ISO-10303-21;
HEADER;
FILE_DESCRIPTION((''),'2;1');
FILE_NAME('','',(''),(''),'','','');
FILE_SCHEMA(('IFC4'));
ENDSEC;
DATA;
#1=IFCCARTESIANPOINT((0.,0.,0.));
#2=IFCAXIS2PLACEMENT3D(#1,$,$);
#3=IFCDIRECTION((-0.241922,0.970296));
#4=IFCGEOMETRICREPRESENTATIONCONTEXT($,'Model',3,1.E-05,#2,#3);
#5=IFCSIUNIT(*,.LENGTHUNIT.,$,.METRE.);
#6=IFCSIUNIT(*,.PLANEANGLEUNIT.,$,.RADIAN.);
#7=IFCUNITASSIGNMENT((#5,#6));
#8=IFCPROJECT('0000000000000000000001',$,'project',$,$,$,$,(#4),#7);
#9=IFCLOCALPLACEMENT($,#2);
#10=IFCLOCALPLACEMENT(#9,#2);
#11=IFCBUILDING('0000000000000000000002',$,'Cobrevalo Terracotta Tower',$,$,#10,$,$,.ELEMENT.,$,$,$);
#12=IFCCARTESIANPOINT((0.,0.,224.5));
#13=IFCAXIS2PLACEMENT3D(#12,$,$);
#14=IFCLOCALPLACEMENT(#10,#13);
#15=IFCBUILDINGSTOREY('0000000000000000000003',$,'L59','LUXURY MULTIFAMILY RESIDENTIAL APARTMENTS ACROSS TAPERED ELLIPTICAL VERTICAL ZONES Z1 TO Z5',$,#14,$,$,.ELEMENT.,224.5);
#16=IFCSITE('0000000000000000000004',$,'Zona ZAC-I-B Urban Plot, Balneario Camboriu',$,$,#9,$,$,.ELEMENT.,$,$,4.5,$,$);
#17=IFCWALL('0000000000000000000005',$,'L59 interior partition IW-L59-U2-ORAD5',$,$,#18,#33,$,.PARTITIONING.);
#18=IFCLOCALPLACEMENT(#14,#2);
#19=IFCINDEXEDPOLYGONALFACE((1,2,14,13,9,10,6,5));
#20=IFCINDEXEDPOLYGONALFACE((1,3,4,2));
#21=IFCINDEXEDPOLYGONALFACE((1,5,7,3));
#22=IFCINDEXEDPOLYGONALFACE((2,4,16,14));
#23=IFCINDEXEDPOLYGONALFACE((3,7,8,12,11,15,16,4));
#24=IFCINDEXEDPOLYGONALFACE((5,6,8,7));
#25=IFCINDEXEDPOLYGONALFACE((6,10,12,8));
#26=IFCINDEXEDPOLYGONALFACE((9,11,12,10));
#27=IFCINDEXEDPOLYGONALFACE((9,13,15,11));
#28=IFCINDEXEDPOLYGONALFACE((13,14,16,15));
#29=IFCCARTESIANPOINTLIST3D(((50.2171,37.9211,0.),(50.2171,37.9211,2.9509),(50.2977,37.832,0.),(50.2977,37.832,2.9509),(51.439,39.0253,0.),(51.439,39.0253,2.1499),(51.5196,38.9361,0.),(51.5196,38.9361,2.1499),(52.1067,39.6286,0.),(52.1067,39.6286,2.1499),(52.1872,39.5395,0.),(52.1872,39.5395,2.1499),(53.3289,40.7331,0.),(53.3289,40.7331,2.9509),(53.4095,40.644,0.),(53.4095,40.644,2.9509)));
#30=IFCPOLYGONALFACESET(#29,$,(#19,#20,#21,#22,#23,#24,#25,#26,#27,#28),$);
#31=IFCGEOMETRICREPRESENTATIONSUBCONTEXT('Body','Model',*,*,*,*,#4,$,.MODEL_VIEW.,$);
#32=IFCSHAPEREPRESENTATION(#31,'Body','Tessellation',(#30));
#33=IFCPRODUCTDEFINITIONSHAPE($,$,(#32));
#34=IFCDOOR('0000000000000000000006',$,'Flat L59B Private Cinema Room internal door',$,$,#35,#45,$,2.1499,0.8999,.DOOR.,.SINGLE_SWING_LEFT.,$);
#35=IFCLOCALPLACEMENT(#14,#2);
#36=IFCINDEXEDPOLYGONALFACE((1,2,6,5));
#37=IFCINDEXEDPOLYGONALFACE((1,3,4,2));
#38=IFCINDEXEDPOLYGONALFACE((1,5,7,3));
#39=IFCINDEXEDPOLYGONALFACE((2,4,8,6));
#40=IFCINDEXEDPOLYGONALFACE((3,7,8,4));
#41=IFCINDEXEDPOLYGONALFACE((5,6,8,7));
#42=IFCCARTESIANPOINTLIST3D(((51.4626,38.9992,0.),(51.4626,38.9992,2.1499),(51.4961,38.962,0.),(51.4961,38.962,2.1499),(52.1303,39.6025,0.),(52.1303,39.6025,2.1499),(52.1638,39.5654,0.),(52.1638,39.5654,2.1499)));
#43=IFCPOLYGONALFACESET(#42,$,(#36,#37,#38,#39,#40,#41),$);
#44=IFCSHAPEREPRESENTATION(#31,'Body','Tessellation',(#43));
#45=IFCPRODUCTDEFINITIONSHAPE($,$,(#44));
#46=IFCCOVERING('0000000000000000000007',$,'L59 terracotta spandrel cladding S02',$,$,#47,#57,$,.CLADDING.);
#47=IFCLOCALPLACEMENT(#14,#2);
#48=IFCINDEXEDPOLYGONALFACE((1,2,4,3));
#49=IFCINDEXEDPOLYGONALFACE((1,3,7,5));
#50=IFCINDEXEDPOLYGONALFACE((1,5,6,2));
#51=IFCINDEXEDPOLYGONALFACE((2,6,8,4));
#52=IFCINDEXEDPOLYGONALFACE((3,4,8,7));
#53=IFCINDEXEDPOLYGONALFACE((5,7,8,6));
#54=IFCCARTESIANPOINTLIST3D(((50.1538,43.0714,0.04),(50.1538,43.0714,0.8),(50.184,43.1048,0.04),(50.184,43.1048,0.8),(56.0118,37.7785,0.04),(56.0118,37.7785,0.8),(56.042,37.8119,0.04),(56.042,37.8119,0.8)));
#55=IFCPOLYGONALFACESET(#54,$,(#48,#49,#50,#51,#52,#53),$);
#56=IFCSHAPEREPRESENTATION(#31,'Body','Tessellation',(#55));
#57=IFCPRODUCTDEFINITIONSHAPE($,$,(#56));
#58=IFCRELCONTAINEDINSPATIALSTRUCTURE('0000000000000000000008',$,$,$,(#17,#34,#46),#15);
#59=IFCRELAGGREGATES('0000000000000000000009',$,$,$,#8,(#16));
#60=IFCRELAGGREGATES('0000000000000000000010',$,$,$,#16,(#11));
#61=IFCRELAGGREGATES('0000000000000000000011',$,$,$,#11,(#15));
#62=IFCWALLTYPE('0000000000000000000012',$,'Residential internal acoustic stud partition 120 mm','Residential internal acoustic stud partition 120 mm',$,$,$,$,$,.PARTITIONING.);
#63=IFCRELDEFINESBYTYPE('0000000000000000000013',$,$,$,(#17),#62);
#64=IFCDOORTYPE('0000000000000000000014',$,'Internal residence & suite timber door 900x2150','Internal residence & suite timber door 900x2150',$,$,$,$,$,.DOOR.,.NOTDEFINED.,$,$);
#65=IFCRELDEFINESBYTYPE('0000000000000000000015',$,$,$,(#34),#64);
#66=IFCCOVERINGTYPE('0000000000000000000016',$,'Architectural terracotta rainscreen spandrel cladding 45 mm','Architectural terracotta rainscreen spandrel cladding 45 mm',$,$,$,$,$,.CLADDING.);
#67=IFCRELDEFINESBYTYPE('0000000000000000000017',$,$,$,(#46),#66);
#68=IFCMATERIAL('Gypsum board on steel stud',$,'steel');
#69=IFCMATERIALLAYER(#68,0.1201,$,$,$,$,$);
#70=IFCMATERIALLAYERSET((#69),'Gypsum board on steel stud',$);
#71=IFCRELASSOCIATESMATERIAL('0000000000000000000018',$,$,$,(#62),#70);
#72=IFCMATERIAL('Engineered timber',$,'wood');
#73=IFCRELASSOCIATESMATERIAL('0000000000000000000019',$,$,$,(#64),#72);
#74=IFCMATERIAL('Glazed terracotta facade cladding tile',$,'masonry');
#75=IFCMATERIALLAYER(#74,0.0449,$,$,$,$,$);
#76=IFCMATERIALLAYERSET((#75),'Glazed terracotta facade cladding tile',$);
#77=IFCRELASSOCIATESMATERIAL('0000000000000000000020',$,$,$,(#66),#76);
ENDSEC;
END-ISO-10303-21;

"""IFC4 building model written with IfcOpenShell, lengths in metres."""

from ifc_helpers import new_model, si_unit, direction, frame, frame_2d, origin, origin_2d, place, context, subcontext, project, spatial, rectangle, extrude, source, transform, mapped, material, layer, layer_set, type_object, element, fill, save


model = new_model("IFC4")

# Units and contexts
model_context = context("Model", 3, precision=1e-05, world=origin(), true_north=direction((-0.241922, 0.970296)))
body_context = subcontext(model_context, "Body", "Model", "MODEL_VIEW")
ifc_project = project(units=[si_unit("LENGTHUNIT", "METRE"), si_unit("PLANEANGLEUNIT", "RADIAN")], contexts=[model_context])

# Site, building, storey
site_placement = place(None, origin())
site = spatial("IfcSite", under=ifc_project, at=site_placement, Name="Zona ZAC-I-B Urban Plot, Balneario Camboriu", CompositionType="ELEMENT", RefElevation=4.5)
building_placement = place(site_placement, origin())
building = spatial("IfcBuilding", under=site, at=building_placement, Name="Cobrevalo Terracotta Tower", CompositionType="ELEMENT")
storey_placement = place(building_placement, frame((0.0, 0.0, 224.5)))
storey = spatial("IfcBuildingStorey", under=building, at=storey_placement, Name="L59", Description="LUXURY MULTIFAMILY RESIDENTIAL APARTMENTS ACROSS TAPERED ELLIPTICAL VERTICAL ZONES Z1 TO Z5", CompositionType="ELEMENT", Elevation=224.5)

# Wall, opening, door
ifc_material_1 = material(Name="Gypsum board on steel stud", Category="steel")
ifc_layer_1 = layer(ifc_material_1, 0.1201)
ifc_layer_set_1 = layer_set([ifc_layer_1], Name="Gypsum board on steel stud")
wall_type_1 = type_object("IfcWallType", Name="Residential internal acoustic stud partition 120 mm", Description="Residential internal acoustic stud partition 120 mm", PredefinedType="PARTITIONING", material=ifc_layer_set_1)
ifc_material_2 = material(Name="Engineered timber", Category="wood")
door_type = type_object("IfcDoorType", Name="Internal residence & suite timber door 900x2150", Description="Internal residence & suite timber door 900x2150", OperationType="NOTDEFINED", PredefinedType="DOOR", material=ifc_material_2)
shared_shape_1 = source(origin(), body_context, "Body", "SweptSolid", [
    extrude(rectangle(XDim=0.8999, YDim=2.1499, at=frame_2d((0.45, 1.075))), frame((0.0, 0.0249, 0.0), z_axis=(0.0, -1.0, 0.0), x_axis=(1.0, 0.0, 0.0)), (0.0, 0.0, 1.0), 0.05),
])
wall_1_placement = place(storey_placement, frame((50.2573, 37.8765, 0.0), z_axis=(0.0, 0.0, 1.0), x_axis=(0.741944, 0.670462, 0.0)))
wall_1 = element("IfcWall", 1, at=wall_1_placement, inside=storey, type_object=wall_type_1, Name="L59 interior partition IW-L59-U2-ORAD5", PredefinedType="PARTITIONING", context=body_context, shape_type="SweptSolid", body=[
    extrude(rectangle(XDim=4.1941, YDim=0.1201, at=frame_2d((2.0972, 0.0))), origin(), (0.0, 0.0, 1.0), 2.9509),
])
opening_1_placement = place(wall_1_placement, frame((1.647, 0.0, 0.0)))
opening_1 = element("IfcOpeningElement", 2, at=opening_1_placement, cuts=wall_1, PredefinedType="OPENING", context=body_context, shape_type="SweptSolid", body=[
    extrude(rectangle(XDim=0.8999, YDim=2.1499, at=frame_2d((0.45, 1.075))), frame((0.0, 0.0701, 0.0), z_axis=(0.0, -1.0, 0.0), x_axis=(1.0, 0.0, 0.0)), (0.0, 0.0, 1.0), 0.1401),
])
door_1_placement = place(opening_1_placement, origin())
door_1 = element("IfcDoor", 3, at=door_1_placement, inside=storey, type_object=door_type, Name="Flat L59B Private Cinema Room internal door", OperationType="SINGLE_SWING_LEFT", OverallHeight=2.1499, OverallWidth=0.8999, PredefinedType="DOOR", context=body_context, shape_type="MappedRepresentation", body=[
    mapped(shared_shape_1, transform((0.0, 0.0, 0.0), scale=1.0)),
])
fill(opening_1, door_1)

# Covering
ifc_material_3 = material(Name="Glazed terracotta facade cladding tile", Category="masonry")
ifc_layer_2 = layer(ifc_material_3, 0.0449)
ifc_layer_set_2 = layer_set([ifc_layer_2], Name="Glazed terracotta facade cladding tile")
covering_type = type_object("IfcCoveringType", Name="Architectural terracotta rainscreen spandrel cladding 45 mm", Description="Architectural terracotta rainscreen spandrel cladding 45 mm", PredefinedType="CLADDING", material=ifc_layer_set_2)
shared_shape_2 = source(origin(), body_context, "Body", "SweptSolid", [
    extrude(rectangle(XDim=7.895, YDim=0.0449, at=origin_2d()), origin(), (0.0, 0.0, 1.0), 0.76),
])
covering_placement = place(storey_placement, frame((53.0979, 40.4417, 0.04), z_axis=(0.0, 0.0, 1.0), x_axis=(-0.741988, 0.670414, 0.0)))
element("IfcCovering", 4, at=covering_placement, inside=storey, type_object=covering_type, Name="L59 terracotta spandrel cladding S02", PredefinedType="CLADDING", context=body_context, shape_type="MappedRepresentation", body=[
    mapped(shared_shape_2, transform((0.0, 0.0, 0.0), scale=1.0)),
])

save(model, "model.ifc")
